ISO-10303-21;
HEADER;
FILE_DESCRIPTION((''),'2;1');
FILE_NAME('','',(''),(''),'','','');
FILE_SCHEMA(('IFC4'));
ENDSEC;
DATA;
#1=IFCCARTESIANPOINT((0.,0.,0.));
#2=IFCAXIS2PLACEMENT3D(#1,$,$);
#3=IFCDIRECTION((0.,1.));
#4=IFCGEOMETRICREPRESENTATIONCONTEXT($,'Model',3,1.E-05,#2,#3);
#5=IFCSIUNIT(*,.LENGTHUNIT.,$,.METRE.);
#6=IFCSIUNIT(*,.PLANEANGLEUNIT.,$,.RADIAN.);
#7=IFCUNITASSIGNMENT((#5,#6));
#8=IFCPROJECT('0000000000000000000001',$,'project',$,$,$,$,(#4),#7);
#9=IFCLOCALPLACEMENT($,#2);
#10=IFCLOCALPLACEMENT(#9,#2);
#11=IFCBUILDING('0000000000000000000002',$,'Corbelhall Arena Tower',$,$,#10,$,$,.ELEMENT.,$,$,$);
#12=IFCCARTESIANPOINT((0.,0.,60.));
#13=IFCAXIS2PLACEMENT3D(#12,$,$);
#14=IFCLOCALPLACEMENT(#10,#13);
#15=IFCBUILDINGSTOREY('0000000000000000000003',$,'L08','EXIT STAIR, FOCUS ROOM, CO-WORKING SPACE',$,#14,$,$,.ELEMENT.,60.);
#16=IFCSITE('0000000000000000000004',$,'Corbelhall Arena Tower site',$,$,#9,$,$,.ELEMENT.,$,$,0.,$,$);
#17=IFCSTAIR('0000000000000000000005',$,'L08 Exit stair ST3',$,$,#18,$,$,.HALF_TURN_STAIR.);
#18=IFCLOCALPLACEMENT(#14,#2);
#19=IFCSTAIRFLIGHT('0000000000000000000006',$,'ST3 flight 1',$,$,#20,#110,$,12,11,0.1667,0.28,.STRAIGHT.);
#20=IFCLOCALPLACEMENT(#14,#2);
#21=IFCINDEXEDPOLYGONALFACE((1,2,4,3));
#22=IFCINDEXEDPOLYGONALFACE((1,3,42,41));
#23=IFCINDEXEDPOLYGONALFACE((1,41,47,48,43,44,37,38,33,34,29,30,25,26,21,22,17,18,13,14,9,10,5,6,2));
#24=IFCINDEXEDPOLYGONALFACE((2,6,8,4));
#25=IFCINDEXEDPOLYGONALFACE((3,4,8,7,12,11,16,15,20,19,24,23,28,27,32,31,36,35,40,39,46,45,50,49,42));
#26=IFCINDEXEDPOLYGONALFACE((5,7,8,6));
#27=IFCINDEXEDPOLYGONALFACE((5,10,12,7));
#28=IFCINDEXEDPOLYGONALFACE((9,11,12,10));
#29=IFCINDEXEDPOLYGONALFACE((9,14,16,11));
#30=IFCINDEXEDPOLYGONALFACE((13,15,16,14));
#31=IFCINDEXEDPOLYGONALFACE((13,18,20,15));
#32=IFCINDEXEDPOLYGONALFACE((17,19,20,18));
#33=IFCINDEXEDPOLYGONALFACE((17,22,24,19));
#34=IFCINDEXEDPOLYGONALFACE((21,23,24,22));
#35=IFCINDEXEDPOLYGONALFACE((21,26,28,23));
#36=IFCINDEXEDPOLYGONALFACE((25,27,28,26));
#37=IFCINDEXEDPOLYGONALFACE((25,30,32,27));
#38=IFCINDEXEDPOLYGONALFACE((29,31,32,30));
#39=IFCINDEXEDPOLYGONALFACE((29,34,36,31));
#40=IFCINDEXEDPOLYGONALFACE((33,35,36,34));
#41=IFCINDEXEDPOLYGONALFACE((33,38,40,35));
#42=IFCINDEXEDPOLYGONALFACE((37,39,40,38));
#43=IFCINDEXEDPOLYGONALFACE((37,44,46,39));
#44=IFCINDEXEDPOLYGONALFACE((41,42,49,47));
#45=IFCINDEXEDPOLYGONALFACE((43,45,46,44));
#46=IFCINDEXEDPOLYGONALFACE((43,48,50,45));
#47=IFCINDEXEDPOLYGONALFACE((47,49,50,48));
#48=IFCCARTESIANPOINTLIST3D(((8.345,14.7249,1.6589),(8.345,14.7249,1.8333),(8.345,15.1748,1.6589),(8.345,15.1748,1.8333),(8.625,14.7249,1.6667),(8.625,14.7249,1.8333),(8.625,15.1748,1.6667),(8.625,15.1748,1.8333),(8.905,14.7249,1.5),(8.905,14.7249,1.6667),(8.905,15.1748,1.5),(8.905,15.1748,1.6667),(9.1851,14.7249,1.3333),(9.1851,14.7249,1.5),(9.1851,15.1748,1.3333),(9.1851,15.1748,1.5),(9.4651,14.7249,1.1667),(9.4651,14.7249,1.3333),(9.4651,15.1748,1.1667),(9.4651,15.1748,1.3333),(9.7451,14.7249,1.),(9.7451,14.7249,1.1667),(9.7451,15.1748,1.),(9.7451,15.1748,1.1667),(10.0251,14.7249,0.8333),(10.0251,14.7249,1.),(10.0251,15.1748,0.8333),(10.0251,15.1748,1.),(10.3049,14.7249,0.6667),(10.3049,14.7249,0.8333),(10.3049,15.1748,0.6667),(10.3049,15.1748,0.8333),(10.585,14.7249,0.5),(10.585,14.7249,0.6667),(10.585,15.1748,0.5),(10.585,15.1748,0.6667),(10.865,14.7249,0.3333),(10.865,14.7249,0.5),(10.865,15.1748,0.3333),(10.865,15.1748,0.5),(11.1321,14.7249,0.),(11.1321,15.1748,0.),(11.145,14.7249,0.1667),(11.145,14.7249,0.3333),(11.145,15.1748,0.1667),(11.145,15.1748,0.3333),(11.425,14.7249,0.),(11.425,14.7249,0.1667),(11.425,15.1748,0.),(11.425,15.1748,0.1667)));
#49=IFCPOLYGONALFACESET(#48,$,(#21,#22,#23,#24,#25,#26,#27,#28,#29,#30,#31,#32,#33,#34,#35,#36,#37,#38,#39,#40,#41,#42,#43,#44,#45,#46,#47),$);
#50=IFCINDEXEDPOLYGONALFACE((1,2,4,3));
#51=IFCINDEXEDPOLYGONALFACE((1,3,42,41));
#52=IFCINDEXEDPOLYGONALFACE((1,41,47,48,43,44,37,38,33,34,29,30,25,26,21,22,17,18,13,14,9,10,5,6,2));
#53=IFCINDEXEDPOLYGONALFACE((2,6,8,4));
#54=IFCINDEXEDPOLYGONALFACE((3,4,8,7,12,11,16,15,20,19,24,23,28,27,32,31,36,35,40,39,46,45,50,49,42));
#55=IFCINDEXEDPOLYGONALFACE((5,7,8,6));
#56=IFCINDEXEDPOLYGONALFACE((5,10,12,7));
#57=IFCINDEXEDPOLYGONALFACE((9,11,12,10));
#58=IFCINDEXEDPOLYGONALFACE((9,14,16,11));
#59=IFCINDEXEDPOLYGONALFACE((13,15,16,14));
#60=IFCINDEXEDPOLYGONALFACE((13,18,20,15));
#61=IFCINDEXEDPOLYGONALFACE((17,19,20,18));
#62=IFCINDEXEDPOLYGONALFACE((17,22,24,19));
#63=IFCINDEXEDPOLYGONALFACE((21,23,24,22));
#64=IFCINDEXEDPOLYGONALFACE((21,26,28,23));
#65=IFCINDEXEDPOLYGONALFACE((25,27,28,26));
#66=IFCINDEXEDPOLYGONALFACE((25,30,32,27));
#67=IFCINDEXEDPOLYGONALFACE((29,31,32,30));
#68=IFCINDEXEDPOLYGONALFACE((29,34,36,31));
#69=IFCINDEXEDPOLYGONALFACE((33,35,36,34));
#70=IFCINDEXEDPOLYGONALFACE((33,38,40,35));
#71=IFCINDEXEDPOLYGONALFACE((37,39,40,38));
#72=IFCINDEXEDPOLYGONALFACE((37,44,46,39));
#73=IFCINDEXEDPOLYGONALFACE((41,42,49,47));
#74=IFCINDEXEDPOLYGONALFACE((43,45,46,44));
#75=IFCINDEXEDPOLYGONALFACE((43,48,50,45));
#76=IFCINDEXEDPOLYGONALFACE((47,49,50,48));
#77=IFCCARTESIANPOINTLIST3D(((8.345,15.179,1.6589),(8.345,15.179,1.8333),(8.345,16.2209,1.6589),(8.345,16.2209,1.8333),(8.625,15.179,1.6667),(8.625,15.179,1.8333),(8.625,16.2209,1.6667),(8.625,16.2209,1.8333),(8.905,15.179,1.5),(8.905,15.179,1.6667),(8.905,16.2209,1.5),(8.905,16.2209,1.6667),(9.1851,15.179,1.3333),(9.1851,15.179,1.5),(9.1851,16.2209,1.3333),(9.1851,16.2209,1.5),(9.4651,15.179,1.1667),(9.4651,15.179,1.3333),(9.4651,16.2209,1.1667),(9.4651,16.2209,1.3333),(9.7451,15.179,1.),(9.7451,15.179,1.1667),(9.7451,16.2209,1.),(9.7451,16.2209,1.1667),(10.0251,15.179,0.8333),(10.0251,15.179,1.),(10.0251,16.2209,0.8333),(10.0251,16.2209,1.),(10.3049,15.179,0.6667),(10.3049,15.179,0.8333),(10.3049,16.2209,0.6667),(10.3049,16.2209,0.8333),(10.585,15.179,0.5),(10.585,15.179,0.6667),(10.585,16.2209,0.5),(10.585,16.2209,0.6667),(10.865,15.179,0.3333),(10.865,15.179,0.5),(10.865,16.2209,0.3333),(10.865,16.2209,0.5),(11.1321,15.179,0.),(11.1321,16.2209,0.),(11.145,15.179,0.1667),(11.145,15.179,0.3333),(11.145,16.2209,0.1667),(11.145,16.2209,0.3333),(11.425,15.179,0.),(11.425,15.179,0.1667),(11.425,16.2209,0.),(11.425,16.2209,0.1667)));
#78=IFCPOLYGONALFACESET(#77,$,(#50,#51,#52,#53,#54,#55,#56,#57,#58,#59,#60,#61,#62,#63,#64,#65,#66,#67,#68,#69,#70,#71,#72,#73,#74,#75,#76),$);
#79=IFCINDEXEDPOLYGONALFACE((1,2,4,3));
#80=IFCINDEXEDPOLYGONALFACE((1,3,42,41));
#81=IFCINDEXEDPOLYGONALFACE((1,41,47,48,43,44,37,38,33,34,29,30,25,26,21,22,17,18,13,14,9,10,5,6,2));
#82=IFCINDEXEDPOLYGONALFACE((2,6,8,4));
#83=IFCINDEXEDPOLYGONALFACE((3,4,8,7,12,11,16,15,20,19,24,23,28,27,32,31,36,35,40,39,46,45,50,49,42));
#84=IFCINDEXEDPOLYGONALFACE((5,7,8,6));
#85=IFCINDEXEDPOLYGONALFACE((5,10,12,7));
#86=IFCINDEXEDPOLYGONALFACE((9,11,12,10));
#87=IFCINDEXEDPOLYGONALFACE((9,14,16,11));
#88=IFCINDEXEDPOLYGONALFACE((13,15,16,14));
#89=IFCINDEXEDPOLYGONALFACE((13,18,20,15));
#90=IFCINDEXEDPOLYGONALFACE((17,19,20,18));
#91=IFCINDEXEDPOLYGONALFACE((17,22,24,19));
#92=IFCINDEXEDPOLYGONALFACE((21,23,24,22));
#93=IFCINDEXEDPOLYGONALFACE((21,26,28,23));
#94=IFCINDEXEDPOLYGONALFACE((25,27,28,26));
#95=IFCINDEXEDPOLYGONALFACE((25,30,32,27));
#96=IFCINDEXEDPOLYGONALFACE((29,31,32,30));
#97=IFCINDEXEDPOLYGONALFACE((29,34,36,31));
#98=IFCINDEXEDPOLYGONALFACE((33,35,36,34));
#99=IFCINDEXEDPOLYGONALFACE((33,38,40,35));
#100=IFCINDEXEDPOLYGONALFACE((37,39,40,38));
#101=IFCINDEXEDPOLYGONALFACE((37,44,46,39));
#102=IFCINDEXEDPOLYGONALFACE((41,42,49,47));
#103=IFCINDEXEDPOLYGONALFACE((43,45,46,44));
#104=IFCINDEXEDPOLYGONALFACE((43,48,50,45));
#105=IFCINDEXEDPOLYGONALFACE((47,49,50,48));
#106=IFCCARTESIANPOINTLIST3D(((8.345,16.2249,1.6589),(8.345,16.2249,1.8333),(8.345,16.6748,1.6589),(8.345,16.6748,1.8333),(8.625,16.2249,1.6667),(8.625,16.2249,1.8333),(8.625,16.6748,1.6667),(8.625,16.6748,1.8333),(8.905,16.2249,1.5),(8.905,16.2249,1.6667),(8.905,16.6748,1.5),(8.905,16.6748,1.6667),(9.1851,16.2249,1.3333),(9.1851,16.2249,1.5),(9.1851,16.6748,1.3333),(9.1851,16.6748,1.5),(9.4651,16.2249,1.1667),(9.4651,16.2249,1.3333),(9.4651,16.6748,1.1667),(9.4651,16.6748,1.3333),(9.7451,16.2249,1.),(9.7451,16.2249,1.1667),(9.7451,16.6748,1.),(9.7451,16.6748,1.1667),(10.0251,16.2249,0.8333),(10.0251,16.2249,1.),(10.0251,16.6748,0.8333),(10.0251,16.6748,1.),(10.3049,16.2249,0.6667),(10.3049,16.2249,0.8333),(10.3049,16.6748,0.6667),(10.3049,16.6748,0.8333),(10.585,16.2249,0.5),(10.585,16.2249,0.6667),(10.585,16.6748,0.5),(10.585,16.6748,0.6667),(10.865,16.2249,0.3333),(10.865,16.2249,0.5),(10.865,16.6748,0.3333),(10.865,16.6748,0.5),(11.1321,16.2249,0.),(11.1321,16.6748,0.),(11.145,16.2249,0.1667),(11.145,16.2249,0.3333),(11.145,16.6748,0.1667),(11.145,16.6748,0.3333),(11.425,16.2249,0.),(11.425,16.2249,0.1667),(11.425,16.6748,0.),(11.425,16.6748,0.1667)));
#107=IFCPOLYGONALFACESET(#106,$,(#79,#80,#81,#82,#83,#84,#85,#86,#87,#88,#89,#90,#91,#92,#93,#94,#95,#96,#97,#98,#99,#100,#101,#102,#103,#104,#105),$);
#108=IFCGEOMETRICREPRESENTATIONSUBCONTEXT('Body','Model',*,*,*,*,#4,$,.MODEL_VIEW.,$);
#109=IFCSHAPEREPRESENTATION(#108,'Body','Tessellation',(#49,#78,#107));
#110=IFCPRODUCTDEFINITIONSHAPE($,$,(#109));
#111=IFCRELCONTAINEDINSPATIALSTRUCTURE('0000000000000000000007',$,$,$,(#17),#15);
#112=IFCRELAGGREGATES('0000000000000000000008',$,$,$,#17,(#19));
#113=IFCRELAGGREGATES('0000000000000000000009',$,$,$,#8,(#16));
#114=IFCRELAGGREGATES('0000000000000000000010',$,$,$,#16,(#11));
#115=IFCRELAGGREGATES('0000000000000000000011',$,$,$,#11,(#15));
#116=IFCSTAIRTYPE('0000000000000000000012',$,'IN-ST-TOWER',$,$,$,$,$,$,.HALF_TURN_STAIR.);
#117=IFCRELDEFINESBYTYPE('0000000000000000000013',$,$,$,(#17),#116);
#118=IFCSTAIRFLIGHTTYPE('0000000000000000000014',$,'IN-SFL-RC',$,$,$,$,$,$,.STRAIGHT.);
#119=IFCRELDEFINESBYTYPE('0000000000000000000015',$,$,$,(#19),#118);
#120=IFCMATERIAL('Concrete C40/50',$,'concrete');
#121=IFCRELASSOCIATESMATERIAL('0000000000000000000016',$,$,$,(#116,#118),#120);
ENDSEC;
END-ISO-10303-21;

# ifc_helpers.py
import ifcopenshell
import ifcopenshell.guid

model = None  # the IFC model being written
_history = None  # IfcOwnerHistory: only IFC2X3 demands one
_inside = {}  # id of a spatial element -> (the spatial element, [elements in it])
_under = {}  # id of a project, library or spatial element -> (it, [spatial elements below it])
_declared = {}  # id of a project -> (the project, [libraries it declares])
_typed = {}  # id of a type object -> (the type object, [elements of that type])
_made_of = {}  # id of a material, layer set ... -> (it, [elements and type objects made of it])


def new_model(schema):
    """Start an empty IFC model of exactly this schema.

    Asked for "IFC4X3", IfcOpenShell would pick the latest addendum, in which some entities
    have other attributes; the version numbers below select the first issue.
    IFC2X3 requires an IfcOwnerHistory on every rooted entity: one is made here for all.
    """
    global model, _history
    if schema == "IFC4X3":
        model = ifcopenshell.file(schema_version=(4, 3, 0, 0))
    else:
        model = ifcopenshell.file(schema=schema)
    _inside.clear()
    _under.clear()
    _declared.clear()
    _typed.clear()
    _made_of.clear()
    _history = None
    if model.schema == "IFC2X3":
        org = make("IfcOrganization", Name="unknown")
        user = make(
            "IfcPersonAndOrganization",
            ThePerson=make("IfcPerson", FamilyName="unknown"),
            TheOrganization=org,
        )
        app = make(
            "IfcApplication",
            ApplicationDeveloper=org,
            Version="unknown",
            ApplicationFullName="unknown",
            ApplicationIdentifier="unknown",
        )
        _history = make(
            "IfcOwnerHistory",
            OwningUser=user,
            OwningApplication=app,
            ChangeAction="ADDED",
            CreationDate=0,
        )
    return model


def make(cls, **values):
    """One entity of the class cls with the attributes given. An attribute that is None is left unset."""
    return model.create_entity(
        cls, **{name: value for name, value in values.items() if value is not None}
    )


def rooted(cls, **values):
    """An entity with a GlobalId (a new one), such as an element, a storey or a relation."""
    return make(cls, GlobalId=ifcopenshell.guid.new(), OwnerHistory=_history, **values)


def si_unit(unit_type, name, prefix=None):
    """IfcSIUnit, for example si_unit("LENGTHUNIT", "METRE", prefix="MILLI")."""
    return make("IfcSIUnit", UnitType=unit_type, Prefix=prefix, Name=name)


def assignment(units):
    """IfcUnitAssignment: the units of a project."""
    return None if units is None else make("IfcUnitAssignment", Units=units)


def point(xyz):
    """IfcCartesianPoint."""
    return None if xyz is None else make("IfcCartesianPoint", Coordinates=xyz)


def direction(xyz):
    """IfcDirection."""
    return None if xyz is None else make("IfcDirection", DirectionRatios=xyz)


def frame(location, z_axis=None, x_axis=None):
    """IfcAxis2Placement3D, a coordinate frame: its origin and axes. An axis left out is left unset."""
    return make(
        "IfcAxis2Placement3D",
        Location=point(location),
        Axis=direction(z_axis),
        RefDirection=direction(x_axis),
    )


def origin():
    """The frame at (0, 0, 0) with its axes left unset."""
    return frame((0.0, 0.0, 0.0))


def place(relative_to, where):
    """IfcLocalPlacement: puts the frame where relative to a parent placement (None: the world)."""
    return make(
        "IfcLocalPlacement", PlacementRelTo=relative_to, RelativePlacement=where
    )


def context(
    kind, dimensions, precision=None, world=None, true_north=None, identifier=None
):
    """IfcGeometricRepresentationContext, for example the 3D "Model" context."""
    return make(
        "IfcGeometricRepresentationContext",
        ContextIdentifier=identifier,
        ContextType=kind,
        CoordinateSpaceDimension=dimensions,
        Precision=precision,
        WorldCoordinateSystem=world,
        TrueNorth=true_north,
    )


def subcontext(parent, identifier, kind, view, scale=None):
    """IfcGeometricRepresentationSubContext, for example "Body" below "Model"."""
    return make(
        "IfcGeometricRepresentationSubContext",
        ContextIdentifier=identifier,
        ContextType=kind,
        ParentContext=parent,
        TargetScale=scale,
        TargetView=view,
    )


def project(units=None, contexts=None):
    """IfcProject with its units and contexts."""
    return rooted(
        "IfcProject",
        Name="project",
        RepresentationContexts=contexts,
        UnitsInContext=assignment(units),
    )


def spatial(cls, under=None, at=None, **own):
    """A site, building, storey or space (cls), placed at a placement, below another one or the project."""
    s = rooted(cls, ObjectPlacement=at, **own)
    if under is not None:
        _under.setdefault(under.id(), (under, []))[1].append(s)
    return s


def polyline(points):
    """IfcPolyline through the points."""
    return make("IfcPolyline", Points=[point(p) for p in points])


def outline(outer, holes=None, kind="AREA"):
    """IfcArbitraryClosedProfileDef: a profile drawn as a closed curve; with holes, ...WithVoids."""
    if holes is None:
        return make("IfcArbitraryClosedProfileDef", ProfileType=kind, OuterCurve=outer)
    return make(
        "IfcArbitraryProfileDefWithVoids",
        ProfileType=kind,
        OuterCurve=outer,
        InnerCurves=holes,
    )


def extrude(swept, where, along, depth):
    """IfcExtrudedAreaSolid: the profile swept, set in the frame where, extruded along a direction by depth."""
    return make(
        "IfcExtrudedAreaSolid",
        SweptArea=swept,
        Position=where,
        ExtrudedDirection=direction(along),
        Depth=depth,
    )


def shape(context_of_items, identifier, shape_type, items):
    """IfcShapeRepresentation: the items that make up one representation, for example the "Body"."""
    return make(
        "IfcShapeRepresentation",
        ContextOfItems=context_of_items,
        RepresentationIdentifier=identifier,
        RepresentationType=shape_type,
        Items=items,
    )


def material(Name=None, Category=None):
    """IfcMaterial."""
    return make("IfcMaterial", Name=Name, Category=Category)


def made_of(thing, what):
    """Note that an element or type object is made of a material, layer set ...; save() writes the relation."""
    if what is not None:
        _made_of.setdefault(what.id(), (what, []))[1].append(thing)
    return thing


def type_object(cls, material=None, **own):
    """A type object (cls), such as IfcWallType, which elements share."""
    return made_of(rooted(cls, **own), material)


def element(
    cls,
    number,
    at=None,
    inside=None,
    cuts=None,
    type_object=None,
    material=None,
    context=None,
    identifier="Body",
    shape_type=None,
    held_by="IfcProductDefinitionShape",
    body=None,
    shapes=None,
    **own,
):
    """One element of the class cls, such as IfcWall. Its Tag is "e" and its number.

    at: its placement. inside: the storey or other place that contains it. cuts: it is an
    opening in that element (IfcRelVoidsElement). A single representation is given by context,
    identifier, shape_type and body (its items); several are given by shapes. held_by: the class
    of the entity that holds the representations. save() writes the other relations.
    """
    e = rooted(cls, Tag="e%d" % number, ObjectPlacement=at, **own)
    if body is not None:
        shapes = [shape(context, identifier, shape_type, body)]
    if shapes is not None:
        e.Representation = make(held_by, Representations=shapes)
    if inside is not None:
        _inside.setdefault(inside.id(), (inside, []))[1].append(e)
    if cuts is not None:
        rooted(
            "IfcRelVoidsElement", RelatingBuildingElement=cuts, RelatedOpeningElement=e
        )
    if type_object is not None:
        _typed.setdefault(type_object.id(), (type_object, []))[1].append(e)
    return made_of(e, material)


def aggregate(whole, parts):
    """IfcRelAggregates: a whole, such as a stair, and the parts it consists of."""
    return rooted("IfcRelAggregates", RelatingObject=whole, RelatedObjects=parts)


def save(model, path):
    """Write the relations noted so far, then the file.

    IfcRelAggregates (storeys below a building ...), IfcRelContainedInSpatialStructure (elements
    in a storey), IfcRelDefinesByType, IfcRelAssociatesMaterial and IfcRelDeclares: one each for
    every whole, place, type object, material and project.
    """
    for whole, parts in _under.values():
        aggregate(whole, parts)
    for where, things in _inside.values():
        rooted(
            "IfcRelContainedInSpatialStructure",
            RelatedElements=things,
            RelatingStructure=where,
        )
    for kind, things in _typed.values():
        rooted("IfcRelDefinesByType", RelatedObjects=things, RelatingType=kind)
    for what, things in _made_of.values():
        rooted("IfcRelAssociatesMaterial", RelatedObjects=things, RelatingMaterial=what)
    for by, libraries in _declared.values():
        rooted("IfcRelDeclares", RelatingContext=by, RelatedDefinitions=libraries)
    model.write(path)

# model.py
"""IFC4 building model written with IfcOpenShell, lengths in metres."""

from ifc_helpers import new_model, si_unit, direction, frame, origin, place, context, subcontext, project, spatial, polyline, outline, extrude, material, type_object, element, aggregate, save


model = new_model("IFC4")

# Units and contexts
model_context = context("Model", 3, precision=1e-05, world=origin(), true_north=direction((0.0, 1.0)))
body_context = subcontext(model_context, "Body", "Model", "MODEL_VIEW")
ifc_project = project(units=[si_unit("LENGTHUNIT", "METRE"), si_unit("PLANEANGLEUNIT", "RADIAN")], contexts=[model_context])

# Site, building, storey
site_placement = place(None, origin())
site = spatial("IfcSite", under=ifc_project, at=site_placement, Name="Corbelhall Arena Tower site", CompositionType="ELEMENT", RefElevation=0.0)
building_placement = place(site_placement, origin())
building = spatial("IfcBuilding", under=site, at=building_placement, Name="Corbelhall Arena Tower", CompositionType="ELEMENT")
storey_placement = place(building_placement, frame((0.0, 0.0, 60.0)))
storey = spatial("IfcBuildingStorey", under=building, at=storey_placement, Name="L08", Description="EXIT STAIR, FOCUS ROOM, CO-WORKING SPACE", CompositionType="ELEMENT", Elevation=60.0)

# Shared definitions
ifc_material_1 = material(Name="Concrete C40/50", Category="concrete")

# Stair, stair flight
stair_type = type_object("IfcStairType", Name="IN-ST-TOWER", PredefinedType="HALF_TURN_STAIR", material=ifc_material_1)
stair_placement = place(storey_placement, origin())
stair = element("IfcStair", 1, at=stair_placement, inside=storey, type_object=stair_type, Name="L08 Exit stair ST3", PredefinedType="HALF_TURN_STAIR")
stair_flight_type = type_object("IfcStairFlightType", Name="IN-SFL-RC", PredefinedType="STRAIGHT", material=ifc_material_1)
stair_flight_1_placement = place(storey_placement, frame((11.425, 15.7, 0.0), z_axis=(0.0, 0.0, 1.0), x_axis=(-1.0, 0.0, 0.0)))
stair_flight_1 = element("IfcStairFlight", 2, at=stair_flight_1_placement, type_object=stair_flight_type, Name="ST3 flight 1", NumberOfRisers=12, NumberOfTreads=11, PredefinedType="STRAIGHT", RiserHeight=0.1667, TreadLength=0.28, context=body_context, shape_type="SweptSolid", body=[
    extrude(outline(polyline([(0.0, 0.0), (0.0, 0.1667), (0.28, 0.1667), (0.28, 0.3333), (0.5601, 0.3333), (0.5601, 0.5), (0.8401, 0.5), (0.8401, 0.6667), (1.1201, 0.6667), (1.1201, 0.8333), (1.3999, 0.8333), (1.3999, 1.0), (1.6799, 1.0), (1.6799, 1.1667), (1.96, 1.1667), (1.96, 1.3333), (2.24, 1.3333), (2.24, 1.5), (2.52, 1.5), (2.52, 1.6667), (2.8, 1.6667), (2.8, 1.8333), (3.0801, 1.8333), (3.0801, 2.0), (3.0801, 1.6589), (0.293, 0.0), (0.0, 0.0)])), frame((0.0, 0.9751, 0.0), z_axis=(0.0, -1.0, 0.0), x_axis=(1.0, 0.0, 0.0)), (0.0, 0.0, 1.0), 0.45),
    extrude(outline(polyline([(0.0, 0.0), (0.0, 0.1667), (0.28, 0.1667), (0.28, 0.3333), (0.5601, 0.3333), (0.5601, 0.5), (0.8401, 0.5), (0.8401, 0.6667), (1.1201, 0.6667), (1.1201, 0.8333), (1.3999, 0.8333), (1.3999, 1.0), (1.6799, 1.0), (1.6799, 1.1667), (1.96, 1.1667), (1.96, 1.3333), (2.24, 1.3333), (2.24, 1.5), (2.52, 1.5), (2.52, 1.6667), (2.8, 1.6667), (2.8, 1.8333), (3.0801, 1.8333), (3.0801, 2.0), (3.0801, 1.6589), (0.293, 0.0), (0.0, 0.0)])), frame((0.0, 0.521, 0.0), z_axis=(0.0, -1.0, 0.0), x_axis=(1.0, 0.0, 0.0)), (0.0, 0.0, 1.0), 1.042),
    extrude(outline(polyline([(0.0, 0.0), (0.0, 0.1667), (0.28, 0.1667), (0.28, 0.3333), (0.5601, 0.3333), (0.5601, 0.5), (0.8401, 0.5), (0.8401, 0.6667), (1.1201, 0.6667), (1.1201, 0.8333), (1.3999, 0.8333), (1.3999, 1.0), (1.6799, 1.0), (1.6799, 1.1667), (1.96, 1.1667), (1.96, 1.3333), (2.24, 1.3333), (2.24, 1.5), (2.52, 1.5), (2.52, 1.6667), (2.8, 1.6667), (2.8, 1.8333), (3.0801, 1.8333), (3.0801, 2.0), (3.0801, 1.6589), (0.293, 0.0), (0.0, 0.0)])), frame((0.0, -0.5249, 0.0), z_axis=(0.0, -1.0, 0.0), x_axis=(1.0, 0.0, 0.0)), (0.0, 0.0, 1.0), 0.45),
])
aggregate(stair, [stair_flight_1])

save(model, "model.ifc")
